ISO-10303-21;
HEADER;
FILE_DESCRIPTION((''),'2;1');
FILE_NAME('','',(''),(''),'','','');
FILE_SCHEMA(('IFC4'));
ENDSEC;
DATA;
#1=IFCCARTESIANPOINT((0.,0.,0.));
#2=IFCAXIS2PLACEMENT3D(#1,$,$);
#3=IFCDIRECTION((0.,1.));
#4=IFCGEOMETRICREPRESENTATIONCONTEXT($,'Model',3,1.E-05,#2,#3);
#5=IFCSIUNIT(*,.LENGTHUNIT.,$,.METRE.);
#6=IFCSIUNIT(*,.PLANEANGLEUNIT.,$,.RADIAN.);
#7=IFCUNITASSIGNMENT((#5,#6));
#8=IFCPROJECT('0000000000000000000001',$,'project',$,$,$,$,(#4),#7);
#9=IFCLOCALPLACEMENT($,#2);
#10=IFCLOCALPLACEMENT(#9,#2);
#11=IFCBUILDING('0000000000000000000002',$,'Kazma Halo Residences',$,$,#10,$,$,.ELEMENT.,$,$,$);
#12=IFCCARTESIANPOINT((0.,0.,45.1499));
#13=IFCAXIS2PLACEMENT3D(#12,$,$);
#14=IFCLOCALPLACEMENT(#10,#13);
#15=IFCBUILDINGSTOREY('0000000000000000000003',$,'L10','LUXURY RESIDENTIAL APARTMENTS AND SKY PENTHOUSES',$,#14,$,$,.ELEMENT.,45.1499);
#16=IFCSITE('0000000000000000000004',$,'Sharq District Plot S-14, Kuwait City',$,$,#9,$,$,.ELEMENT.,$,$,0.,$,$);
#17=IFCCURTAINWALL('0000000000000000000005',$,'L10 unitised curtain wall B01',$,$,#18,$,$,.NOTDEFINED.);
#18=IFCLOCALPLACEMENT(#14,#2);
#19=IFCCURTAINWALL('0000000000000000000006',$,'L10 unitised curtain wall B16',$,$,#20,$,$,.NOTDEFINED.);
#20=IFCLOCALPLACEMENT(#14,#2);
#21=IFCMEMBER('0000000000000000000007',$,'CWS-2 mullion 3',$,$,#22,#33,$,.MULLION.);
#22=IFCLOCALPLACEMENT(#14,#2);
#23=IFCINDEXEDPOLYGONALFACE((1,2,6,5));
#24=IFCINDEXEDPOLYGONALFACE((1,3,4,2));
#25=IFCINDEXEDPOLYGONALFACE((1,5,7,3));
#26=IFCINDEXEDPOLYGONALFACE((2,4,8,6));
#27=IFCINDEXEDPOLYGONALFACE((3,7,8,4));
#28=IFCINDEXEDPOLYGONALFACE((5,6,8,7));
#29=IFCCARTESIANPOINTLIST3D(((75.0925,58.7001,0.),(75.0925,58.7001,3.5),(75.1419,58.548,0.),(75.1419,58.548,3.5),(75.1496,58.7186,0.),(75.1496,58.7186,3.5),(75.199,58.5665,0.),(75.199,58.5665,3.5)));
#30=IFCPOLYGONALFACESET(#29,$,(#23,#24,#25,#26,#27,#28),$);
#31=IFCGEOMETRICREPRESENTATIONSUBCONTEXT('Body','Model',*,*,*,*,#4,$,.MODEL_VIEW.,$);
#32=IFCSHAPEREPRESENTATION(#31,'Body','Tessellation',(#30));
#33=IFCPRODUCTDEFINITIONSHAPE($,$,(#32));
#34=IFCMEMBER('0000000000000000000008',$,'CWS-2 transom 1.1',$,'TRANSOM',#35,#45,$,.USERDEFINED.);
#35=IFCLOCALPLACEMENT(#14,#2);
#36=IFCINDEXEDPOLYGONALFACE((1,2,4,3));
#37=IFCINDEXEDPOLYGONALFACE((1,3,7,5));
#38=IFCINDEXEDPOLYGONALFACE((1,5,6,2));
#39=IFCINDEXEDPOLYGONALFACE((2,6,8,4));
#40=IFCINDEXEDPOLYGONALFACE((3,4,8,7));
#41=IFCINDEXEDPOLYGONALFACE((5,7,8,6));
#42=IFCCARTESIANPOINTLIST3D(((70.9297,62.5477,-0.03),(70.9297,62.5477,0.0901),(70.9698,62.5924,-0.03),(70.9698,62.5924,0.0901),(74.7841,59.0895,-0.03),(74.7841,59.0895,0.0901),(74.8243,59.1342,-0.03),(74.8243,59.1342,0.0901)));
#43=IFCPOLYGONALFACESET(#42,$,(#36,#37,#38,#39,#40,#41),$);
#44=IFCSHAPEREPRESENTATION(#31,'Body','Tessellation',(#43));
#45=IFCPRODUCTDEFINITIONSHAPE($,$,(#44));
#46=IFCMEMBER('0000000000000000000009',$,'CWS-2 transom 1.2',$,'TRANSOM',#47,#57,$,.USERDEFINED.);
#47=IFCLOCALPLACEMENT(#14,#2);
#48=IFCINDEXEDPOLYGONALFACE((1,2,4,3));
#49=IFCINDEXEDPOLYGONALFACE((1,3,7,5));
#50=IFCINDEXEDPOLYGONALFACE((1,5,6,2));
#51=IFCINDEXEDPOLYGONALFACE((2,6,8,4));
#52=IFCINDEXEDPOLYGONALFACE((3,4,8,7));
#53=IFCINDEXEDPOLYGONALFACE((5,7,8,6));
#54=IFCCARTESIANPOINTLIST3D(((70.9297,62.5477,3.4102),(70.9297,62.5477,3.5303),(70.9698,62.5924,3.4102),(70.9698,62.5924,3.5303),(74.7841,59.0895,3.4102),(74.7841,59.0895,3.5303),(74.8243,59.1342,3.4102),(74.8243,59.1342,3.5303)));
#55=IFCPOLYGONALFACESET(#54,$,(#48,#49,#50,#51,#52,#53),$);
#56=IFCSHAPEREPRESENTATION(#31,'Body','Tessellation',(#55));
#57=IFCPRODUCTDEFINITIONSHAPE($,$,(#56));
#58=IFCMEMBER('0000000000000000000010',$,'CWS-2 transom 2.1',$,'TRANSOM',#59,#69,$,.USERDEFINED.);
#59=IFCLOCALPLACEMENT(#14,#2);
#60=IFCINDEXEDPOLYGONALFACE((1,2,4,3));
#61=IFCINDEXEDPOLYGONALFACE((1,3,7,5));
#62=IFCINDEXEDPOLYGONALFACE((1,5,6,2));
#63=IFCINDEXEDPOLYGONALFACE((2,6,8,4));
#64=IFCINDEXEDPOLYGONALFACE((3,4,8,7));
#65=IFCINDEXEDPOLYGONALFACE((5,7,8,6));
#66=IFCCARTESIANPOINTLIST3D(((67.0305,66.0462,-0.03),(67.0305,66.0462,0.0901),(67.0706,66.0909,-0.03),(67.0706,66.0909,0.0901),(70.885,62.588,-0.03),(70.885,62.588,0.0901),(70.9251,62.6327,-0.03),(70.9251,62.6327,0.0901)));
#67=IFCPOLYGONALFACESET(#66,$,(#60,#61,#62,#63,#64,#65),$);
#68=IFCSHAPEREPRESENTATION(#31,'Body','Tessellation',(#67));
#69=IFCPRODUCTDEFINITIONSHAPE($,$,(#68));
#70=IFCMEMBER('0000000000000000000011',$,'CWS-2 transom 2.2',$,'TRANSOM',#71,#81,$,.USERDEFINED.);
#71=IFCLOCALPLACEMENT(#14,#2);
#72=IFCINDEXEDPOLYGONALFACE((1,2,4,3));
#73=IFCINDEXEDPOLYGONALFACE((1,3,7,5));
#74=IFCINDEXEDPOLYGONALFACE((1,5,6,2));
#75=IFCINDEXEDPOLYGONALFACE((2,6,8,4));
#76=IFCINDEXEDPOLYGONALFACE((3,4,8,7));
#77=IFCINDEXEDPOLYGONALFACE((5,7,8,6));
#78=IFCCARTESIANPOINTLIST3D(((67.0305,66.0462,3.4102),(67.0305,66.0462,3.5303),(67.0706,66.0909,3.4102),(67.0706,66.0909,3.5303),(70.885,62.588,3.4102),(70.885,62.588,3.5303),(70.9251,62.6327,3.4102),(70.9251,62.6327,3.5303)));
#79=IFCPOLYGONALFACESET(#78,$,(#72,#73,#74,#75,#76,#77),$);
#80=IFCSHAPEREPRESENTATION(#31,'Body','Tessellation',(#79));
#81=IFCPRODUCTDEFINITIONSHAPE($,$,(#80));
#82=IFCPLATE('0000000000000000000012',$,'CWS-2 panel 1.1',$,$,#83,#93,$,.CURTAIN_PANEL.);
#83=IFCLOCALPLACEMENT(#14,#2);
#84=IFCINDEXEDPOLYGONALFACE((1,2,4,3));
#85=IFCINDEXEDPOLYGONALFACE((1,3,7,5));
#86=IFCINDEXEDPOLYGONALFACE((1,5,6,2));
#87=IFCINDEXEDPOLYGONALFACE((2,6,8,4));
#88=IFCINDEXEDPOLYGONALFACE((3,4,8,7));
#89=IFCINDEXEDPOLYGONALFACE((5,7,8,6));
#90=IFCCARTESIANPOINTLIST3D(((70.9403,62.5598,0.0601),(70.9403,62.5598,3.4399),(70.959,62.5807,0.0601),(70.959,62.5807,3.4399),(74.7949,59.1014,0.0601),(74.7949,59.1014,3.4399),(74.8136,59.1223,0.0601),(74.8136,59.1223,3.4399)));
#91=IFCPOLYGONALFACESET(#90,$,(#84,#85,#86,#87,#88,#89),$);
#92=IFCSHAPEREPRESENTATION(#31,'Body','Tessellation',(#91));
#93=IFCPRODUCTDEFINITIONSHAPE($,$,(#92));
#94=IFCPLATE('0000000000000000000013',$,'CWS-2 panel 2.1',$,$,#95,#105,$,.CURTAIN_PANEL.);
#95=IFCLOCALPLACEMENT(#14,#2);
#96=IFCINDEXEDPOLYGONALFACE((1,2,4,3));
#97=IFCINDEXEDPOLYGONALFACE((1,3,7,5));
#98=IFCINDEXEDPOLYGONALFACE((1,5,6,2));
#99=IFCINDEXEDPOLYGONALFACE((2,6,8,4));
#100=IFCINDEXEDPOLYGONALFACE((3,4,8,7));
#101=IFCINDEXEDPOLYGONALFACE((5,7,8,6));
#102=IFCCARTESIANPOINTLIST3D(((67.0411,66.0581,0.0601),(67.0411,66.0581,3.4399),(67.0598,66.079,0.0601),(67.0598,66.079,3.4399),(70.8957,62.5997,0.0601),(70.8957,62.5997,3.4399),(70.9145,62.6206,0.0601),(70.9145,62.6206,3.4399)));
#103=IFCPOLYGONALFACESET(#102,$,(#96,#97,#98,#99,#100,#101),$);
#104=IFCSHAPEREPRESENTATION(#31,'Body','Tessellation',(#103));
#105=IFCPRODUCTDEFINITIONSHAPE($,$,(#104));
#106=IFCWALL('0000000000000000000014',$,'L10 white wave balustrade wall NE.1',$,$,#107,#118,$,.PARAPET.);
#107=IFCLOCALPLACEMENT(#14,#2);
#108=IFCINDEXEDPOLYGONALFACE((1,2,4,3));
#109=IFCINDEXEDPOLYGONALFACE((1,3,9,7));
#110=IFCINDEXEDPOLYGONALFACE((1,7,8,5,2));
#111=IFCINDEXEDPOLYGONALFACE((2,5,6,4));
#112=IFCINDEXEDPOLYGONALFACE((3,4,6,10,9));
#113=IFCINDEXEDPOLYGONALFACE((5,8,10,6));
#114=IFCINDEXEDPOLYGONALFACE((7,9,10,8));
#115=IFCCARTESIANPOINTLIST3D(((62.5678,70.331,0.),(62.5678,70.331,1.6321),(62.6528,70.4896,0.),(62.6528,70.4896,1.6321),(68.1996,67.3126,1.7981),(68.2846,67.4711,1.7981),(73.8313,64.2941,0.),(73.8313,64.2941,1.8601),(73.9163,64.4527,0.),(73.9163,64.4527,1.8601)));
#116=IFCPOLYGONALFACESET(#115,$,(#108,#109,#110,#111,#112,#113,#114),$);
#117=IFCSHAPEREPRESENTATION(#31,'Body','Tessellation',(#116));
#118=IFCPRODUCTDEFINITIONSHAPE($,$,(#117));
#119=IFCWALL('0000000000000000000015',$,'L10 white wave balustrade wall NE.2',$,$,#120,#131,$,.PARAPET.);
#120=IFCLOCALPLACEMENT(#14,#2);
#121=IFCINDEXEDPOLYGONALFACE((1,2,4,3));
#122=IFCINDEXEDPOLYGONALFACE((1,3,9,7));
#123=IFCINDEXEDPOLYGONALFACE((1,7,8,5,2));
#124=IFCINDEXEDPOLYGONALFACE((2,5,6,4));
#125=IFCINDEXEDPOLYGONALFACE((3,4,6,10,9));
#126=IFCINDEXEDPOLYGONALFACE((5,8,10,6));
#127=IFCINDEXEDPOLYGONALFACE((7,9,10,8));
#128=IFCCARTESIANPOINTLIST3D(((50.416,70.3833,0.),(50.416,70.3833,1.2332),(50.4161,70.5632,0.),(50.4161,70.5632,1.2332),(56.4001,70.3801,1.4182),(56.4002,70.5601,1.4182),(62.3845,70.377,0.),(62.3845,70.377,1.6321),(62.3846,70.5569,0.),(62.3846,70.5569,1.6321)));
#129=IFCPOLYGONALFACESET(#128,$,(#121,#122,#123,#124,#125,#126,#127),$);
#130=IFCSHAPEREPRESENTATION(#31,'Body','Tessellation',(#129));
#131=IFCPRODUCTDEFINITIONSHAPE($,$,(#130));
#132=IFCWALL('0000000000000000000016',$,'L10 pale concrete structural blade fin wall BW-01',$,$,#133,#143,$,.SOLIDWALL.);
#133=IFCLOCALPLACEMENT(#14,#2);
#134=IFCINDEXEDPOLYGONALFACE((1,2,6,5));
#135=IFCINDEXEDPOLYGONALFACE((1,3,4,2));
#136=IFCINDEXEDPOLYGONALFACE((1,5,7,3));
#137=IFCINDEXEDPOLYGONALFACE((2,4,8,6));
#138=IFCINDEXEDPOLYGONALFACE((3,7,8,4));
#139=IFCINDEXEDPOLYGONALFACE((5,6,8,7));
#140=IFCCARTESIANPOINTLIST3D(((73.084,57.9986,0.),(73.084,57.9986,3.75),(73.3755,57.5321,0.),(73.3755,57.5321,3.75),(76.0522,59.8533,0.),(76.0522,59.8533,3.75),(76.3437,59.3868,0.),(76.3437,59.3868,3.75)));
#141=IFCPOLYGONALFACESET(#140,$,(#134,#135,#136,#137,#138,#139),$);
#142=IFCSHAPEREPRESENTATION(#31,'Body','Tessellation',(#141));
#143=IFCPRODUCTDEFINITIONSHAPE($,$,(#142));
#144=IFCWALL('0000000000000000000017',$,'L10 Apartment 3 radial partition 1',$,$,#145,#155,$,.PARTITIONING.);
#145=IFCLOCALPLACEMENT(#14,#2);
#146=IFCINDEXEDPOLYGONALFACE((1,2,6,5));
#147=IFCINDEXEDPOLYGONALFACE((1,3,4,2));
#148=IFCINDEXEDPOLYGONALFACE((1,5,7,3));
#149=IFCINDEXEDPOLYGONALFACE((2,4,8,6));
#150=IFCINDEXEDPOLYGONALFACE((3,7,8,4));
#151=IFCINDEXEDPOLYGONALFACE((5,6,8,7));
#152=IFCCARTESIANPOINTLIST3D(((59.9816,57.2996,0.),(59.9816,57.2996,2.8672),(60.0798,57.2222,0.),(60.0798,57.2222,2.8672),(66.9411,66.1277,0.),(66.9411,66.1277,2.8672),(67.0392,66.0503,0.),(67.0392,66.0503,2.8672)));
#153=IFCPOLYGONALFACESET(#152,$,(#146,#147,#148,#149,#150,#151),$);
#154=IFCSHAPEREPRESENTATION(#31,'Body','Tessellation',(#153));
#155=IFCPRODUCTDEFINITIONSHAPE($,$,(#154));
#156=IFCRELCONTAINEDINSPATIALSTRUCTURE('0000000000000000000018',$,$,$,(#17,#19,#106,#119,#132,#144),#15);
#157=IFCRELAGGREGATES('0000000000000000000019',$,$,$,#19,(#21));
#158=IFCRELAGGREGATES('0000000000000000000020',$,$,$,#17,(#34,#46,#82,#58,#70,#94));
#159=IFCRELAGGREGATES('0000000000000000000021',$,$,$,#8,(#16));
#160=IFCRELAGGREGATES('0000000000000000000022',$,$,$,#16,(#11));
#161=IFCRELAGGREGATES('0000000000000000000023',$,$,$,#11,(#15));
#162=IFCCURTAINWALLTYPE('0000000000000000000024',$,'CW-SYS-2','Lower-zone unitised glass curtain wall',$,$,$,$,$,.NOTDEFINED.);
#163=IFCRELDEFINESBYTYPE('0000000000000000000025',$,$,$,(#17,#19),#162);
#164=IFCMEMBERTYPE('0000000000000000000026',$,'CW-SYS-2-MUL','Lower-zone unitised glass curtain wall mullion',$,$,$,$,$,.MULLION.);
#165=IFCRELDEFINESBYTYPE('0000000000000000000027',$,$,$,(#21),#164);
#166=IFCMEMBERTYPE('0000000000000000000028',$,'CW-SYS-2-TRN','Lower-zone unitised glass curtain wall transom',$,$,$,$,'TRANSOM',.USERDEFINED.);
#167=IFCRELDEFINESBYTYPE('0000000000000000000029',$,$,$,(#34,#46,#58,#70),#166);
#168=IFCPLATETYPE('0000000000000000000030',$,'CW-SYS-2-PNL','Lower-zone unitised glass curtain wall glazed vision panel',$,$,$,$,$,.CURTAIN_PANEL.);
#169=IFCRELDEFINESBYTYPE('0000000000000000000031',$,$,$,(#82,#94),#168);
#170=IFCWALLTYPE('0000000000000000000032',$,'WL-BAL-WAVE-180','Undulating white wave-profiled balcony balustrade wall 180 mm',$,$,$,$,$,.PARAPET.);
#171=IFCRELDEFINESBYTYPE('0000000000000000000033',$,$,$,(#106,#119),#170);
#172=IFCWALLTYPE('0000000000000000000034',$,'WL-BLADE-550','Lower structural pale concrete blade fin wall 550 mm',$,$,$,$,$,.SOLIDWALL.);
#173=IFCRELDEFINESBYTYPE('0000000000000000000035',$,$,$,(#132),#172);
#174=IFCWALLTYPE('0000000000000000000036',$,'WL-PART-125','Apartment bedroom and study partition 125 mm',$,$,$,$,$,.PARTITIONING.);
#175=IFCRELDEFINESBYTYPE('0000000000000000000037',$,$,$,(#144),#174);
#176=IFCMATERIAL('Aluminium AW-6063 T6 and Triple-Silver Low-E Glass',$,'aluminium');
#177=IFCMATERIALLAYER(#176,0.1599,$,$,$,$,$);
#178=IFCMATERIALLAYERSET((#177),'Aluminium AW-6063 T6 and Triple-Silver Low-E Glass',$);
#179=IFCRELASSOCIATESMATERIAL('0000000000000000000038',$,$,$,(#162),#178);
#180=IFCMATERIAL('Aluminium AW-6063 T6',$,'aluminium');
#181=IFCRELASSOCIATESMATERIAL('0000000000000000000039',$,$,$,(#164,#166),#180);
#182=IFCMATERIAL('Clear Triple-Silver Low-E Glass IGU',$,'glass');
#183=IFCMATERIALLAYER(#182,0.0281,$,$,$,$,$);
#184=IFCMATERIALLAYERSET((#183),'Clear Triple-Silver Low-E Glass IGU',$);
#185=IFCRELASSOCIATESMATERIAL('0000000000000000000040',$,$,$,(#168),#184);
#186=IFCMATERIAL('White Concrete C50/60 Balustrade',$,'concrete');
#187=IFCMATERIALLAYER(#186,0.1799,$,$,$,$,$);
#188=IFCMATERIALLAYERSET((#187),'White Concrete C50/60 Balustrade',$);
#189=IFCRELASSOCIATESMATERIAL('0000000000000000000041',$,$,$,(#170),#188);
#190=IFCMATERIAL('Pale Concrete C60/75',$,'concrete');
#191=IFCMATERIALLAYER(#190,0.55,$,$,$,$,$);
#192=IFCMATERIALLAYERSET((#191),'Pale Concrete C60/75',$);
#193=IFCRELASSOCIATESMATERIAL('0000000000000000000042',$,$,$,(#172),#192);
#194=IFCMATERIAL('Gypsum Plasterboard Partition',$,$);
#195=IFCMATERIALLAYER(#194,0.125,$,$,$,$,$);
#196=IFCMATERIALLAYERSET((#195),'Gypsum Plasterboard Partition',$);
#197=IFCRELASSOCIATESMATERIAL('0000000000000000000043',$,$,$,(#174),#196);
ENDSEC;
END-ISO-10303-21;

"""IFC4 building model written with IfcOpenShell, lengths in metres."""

from ifc_helpers import new_model, si_unit, direction, frame, frame_2d, origin, origin_2d, place, context, subcontext, project, spatial, polyline, rectangle, outline, extrude, material, layer, layer_set, material_profile, profile_set, type_object, element, aggregate, save


model = new_model("IFC4")

# Units and contexts
model_context = context("Model", 3, precision=1e-05, world=origin(), true_north=direction((0.0, 1.0)))
body_context = subcontext(model_context, "Body", "Model", "MODEL_VIEW")
ifc_project = project(units=[si_unit("LENGTHUNIT", "METRE"), si_unit("PLANEANGLEUNIT", "RADIAN")], contexts=[model_context])

# Site, building, storey
site_placement = place(None, origin())
site = spatial("IfcSite", under=ifc_project, at=site_placement, Name="Sharq District Plot S-14, Kuwait City", CompositionType="ELEMENT", RefElevation=0.0)
building_placement = place(site_placement, origin())
building = spatial("IfcBuilding", under=site, at=building_placement, Name="Kazma Halo Residences", CompositionType="ELEMENT")
storey_placement = place(building_placement, frame((0.0, 0.0, 45.1499)))
storey = spatial("IfcBuildingStorey", under=building, at=storey_placement, Name="L10", Description="LUXURY RESIDENTIAL APARTMENTS AND SKY PENTHOUSES", CompositionType="ELEMENT", Elevation=45.1499)

# Curtain wall
ifc_material_1 = material(Name="Aluminium AW-6063 T6 and Triple-Silver Low-E Glass", Category="aluminium")
ifc_layer_1 = layer(ifc_material_1, 0.1599)
ifc_layer_set_1 = layer_set([ifc_layer_1], Name="Aluminium AW-6063 T6 and Triple-Silver Low-E Glass")
curtain_wall_type = type_object("IfcCurtainWallType", Name="CW-SYS-2", Description="Lower-zone unitised glass curtain wall", PredefinedType="NOTDEFINED", material=ifc_layer_set_1)
curtain_wall_1_placement = place(storey_placement, origin())
curtain_wall_1 = element("IfcCurtainWall", 1, at=curtain_wall_1_placement, inside=storey, type_object=curtain_wall_type, Name="L10 unitised curtain wall B01", PredefinedType="NOTDEFINED")
ifc_material_2 = material(Name="Aluminium AW-6063 T6", Category="aluminium")
ifc_material_profile_1 = material_profile(ifc_material_2, rectangle(XDim=0.0601, YDim=0.1599, at=origin_2d()), Name="CWM-60x160")
ifc_profile_set_1 = profile_set([ifc_material_profile_1], Name="Aluminium AW-6063 T6")
member_type_1 = type_object("IfcMemberType", Name="CW-SYS-2-MUL", Description="Lower-zone unitised glass curtain wall mullion", PredefinedType="MULLION", material=ifc_profile_set_1)

# Curtain wall, member
curtain_wall_2_placement = place(storey_placement, origin())
curtain_wall_2 = element("IfcCurtainWall", 2, at=curtain_wall_2_placement, inside=storey, type_object=curtain_wall_type, Name="L10 unitised curtain wall B16", PredefinedType="NOTDEFINED")
member_1_placement = place(storey_placement, frame((75.1458, 58.6333, 0.0), z_axis=(0.0, 0.0, 1.0), x_axis=(-0.951057, -0.309017, 0.0)))
member_1 = element("IfcMember", 3, at=member_1_placement, type_object=member_type_1, Name="CWS-2 mullion 3", PredefinedType="MULLION", context=body_context, shape_type="SweptSolid", body=[
    extrude(rectangle(XDim=0.0601, YDim=0.1599, at=origin_2d()), origin(), (0.0, 0.0, 1.0), 3.5),
])
aggregate(curtain_wall_2, [member_1])

# Members
ifc_material_profile_2 = material_profile(ifc_material_2, rectangle(XDim=0.0601, YDim=0.1201, at=origin_2d()), Name="CWT-60x120")
ifc_profile_set_2 = profile_set([ifc_material_profile_2], Name="Aluminium AW-6063 T6")
member_type_2 = type_object("IfcMemberType", Name="CW-SYS-2-TRN", Description="Lower-zone unitised glass curtain wall transom", ElementType="TRANSOM", PredefinedType="USERDEFINED", material=ifc_profile_set_2)
member_2_placement = place(storey_placement, frame((74.8042, 59.1118, 0.03), z_axis=(-0.744329, 0.667813, 0.0), x_axis=(-0.667813, -0.744329, 0.0)))
member_2 = element("IfcMember", 4, at=member_2_placement, type_object=member_type_2, Name="CWS-2 transom 1.1", ObjectType="TRANSOM", PredefinedType="USERDEFINED", context=body_context, shape_type="SweptSolid", body=[
    extrude(rectangle(XDim=0.0601, YDim=0.1201, at=origin_2d()), origin(), (0.0, 0.0, 1.0), 5.1785),
])
member_3_placement = place(storey_placement, frame((74.8042, 59.1118, 3.4702), z_axis=(-0.744329, 0.667813, 0.0), x_axis=(-0.667813, -0.744329, 0.0)))
member_3 = element("IfcMember", 5, at=member_3_placement, type_object=member_type_2, Name="CWS-2 transom 1.2", ObjectType="TRANSOM", PredefinedType="USERDEFINED", context=body_context, shape_type="SweptSolid", body=[
    extrude(rectangle(XDim=0.0601, YDim=0.1201, at=origin_2d()), origin(), (0.0, 0.0, 1.0), 5.1785),
])
member_4_placement = place(storey_placement, frame((70.905, 62.6104, 0.03), z_axis=(-0.744329, 0.667813, 0.0), x_axis=(-0.667813, -0.744329, 0.0)))
member_4 = element("IfcMember", 6, at=member_4_placement, type_object=member_type_2, Name="CWS-2 transom 2.1", ObjectType="TRANSOM", PredefinedType="USERDEFINED", context=body_context, shape_type="SweptSolid", body=[
    extrude(rectangle(XDim=0.0601, YDim=0.1201, at=origin_2d()), origin(), (0.0, 0.0, 1.0), 5.1785),
])
member_5_placement = place(storey_placement, frame((70.905, 62.6104, 3.4702), z_axis=(-0.744329, 0.667813, 0.0), x_axis=(-0.667813, -0.744329, 0.0)))
member_5 = element("IfcMember", 7, at=member_5_placement, type_object=member_type_2, Name="CWS-2 transom 2.2", ObjectType="TRANSOM", PredefinedType="USERDEFINED", context=body_context, shape_type="SweptSolid", body=[
    extrude(rectangle(XDim=0.0601, YDim=0.1201, at=origin_2d()), origin(), (0.0, 0.0, 1.0), 5.1785),
])

# Plates
ifc_material_3 = material(Name="Clear Triple-Silver Low-E Glass IGU", Category="glass")
ifc_layer_2 = layer(ifc_material_3, 0.0281)
ifc_layer_set_2 = layer_set([ifc_layer_2], Name="Clear Triple-Silver Low-E Glass IGU")
plate_type = type_object("IfcPlateType", Name="CW-SYS-2-PNL", Description="Lower-zone unitised glass curtain wall glazed vision panel", PredefinedType="CURTAIN_PANEL", material=ifc_layer_set_2)
plate_1_placement = place(storey_placement, frame((72.877, 60.8411, 0.0601), z_axis=(0.0, 0.0, 1.0), x_axis=(-0.744322, 0.667821, 0.0)))
plate_1 = element("IfcPlate", 8, at=plate_1_placement, type_object=plate_type, Name="CWS-2 panel 1.1", PredefinedType="CURTAIN_PANEL", context=body_context, shape_type="SweptSolid", body=[
    extrude(rectangle(XDim=5.1787, YDim=0.0281, at=origin_2d()), origin(), (0.0, 0.0, 1.0), 3.3799),
])
plate_2_placement = place(storey_placement, frame((68.9778, 64.3394, 0.0601), z_axis=(0.0, 0.0, 1.0), x_axis=(-0.744322, 0.667821, 0.0)))
plate_2 = element("IfcPlate", 9, at=plate_2_placement, type_object=plate_type, Name="CWS-2 panel 2.1", PredefinedType="CURTAIN_PANEL", context=body_context, shape_type="SweptSolid", body=[
    extrude(rectangle(XDim=5.1787, YDim=0.0281, at=origin_2d()), origin(), (0.0, 0.0, 1.0), 3.3799),
])
aggregate(curtain_wall_1, [member_2, member_3, plate_1, member_4, member_5, plate_2])

# Walls
ifc_material_4 = material(Name="White Concrete C50/60 Balustrade", Category="concrete")
ifc_layer_3 = layer(ifc_material_4, 0.1799)
ifc_layer_set_3 = layer_set([ifc_layer_3], Name="White Concrete C50/60 Balustrade")
wall_type_1 = type_object("IfcWallType", Name="WL-BAL-WAVE-180", Description="Undulating white wave-profiled balcony balustrade wall 180 mm", PredefinedType="PARAPET", material=ifc_layer_set_3)
wall_1_placement = place(storey_placement, frame((73.8738, 64.3733, 0.0), z_axis=(0.0, 0.0, 1.0), x_axis=(-0.881386, 0.472397, 0.0)))
element("IfcWall", 10, at=wall_1_placement, inside=storey, type_object=wall_type_1, Name="L10 white wave balustrade wall NE.1", PredefinedType="PARAPET", context=body_context, shape_type="SweptSolid", body=[
    extrude(outline(polyline([(0.0, 0.0), (12.7793, 0.0), (12.7793, 1.6321), (6.3896, 1.7981), (0.0, 1.8601), (0.0, 0.0)])), frame((0.0, 0.0898, 0.0), z_axis=(0.0, -1.0, 0.0), x_axis=(1.0, 0.0, 0.0)), (0.0, 0.0, 1.0), 0.1799),
])
wall_2_placement = place(storey_placement, frame((62.3845, 70.4668, 0.0), z_axis=(0.0, 0.0, 1.0), x_axis=(-1.0, 0.00053, 0.0)))
element("IfcWall", 11, at=wall_2_placement, inside=storey, type_object=wall_type_1, Name="L10 white wave balustrade wall NE.2", PredefinedType="PARAPET", context=body_context, shape_type="SweptSolid", body=[
    extrude(outline(polyline([(0.0, 0.0), (11.9685, 0.0), (11.9685, 1.2332), (5.9844, 1.4182), (0.0, 1.6321), (0.0, 0.0)])), frame((0.0, 0.0898, 0.0), z_axis=(0.0, -1.0, 0.0), x_axis=(1.0, 0.0, 0.0)), (0.0, 0.0, 1.0), 0.1799),
])
ifc_material_5 = material(Name="Pale Concrete C60/75", Category="concrete")
ifc_layer_4 = layer(ifc_material_5, 0.55)
ifc_layer_set_4 = layer_set([ifc_layer_4], Name="Pale Concrete C60/75")
wall_type_2 = type_object("IfcWallType", Name="WL-BLADE-550", Description="Lower structural pale concrete blade fin wall 550 mm", PredefinedType="SOLIDWALL", material=ifc_layer_set_4)
wall_3_placement = place(storey_placement, frame((73.2297, 57.7654, 0.0), z_axis=(0.0, 0.0, 1.0), x_axis=(0.848053, 0.529911, 0.0)))
element("IfcWall", 12, at=wall_3_placement, inside=storey, type_object=wall_type_2, Name="L10 pale concrete structural blade fin wall BW-01", PredefinedType="SOLIDWALL", context=body_context, shape_type="SweptSolid", body=[
    extrude(rectangle(XDim=3.5, YDim=0.55, at=frame_2d((1.75, 0.0))), origin(), (0.0, 0.0, 1.0), 3.75),
])

# Wall
ifc_material_6 = material(Name="Gypsum Plasterboard Partition")
ifc_layer_5 = layer(ifc_material_6, 0.125)
ifc_layer_set_5 = layer_set([ifc_layer_5], Name="Gypsum Plasterboard Partition")
wall_type_3 = type_object("IfcWallType", Name="WL-PART-125", Description="Apartment bedroom and study partition 125 mm", PredefinedType="PARTITIONING", material=ifc_layer_set_5)
wall_4_placement = place(storey_placement, frame((60.0308, 57.261, 0.0), z_axis=(0.0, 0.0, 1.0), x_axis=(0.619091, 0.78532, 0.0)))
element("IfcWall", 13, at=wall_4_placement, inside=storey, type_object=wall_type_3, Name="L10 Apartment 3 radial partition 1", PredefinedType="PARTITIONING", context=body_context, shape_type="SweptSolid", body=[
    extrude(rectangle(XDim=11.2415, YDim=0.125, at=frame_2d((5.6206, 0.0))), origin(), (0.0, 0.0, 1.0), 2.8672),
])

save(model, "model.ifc")
